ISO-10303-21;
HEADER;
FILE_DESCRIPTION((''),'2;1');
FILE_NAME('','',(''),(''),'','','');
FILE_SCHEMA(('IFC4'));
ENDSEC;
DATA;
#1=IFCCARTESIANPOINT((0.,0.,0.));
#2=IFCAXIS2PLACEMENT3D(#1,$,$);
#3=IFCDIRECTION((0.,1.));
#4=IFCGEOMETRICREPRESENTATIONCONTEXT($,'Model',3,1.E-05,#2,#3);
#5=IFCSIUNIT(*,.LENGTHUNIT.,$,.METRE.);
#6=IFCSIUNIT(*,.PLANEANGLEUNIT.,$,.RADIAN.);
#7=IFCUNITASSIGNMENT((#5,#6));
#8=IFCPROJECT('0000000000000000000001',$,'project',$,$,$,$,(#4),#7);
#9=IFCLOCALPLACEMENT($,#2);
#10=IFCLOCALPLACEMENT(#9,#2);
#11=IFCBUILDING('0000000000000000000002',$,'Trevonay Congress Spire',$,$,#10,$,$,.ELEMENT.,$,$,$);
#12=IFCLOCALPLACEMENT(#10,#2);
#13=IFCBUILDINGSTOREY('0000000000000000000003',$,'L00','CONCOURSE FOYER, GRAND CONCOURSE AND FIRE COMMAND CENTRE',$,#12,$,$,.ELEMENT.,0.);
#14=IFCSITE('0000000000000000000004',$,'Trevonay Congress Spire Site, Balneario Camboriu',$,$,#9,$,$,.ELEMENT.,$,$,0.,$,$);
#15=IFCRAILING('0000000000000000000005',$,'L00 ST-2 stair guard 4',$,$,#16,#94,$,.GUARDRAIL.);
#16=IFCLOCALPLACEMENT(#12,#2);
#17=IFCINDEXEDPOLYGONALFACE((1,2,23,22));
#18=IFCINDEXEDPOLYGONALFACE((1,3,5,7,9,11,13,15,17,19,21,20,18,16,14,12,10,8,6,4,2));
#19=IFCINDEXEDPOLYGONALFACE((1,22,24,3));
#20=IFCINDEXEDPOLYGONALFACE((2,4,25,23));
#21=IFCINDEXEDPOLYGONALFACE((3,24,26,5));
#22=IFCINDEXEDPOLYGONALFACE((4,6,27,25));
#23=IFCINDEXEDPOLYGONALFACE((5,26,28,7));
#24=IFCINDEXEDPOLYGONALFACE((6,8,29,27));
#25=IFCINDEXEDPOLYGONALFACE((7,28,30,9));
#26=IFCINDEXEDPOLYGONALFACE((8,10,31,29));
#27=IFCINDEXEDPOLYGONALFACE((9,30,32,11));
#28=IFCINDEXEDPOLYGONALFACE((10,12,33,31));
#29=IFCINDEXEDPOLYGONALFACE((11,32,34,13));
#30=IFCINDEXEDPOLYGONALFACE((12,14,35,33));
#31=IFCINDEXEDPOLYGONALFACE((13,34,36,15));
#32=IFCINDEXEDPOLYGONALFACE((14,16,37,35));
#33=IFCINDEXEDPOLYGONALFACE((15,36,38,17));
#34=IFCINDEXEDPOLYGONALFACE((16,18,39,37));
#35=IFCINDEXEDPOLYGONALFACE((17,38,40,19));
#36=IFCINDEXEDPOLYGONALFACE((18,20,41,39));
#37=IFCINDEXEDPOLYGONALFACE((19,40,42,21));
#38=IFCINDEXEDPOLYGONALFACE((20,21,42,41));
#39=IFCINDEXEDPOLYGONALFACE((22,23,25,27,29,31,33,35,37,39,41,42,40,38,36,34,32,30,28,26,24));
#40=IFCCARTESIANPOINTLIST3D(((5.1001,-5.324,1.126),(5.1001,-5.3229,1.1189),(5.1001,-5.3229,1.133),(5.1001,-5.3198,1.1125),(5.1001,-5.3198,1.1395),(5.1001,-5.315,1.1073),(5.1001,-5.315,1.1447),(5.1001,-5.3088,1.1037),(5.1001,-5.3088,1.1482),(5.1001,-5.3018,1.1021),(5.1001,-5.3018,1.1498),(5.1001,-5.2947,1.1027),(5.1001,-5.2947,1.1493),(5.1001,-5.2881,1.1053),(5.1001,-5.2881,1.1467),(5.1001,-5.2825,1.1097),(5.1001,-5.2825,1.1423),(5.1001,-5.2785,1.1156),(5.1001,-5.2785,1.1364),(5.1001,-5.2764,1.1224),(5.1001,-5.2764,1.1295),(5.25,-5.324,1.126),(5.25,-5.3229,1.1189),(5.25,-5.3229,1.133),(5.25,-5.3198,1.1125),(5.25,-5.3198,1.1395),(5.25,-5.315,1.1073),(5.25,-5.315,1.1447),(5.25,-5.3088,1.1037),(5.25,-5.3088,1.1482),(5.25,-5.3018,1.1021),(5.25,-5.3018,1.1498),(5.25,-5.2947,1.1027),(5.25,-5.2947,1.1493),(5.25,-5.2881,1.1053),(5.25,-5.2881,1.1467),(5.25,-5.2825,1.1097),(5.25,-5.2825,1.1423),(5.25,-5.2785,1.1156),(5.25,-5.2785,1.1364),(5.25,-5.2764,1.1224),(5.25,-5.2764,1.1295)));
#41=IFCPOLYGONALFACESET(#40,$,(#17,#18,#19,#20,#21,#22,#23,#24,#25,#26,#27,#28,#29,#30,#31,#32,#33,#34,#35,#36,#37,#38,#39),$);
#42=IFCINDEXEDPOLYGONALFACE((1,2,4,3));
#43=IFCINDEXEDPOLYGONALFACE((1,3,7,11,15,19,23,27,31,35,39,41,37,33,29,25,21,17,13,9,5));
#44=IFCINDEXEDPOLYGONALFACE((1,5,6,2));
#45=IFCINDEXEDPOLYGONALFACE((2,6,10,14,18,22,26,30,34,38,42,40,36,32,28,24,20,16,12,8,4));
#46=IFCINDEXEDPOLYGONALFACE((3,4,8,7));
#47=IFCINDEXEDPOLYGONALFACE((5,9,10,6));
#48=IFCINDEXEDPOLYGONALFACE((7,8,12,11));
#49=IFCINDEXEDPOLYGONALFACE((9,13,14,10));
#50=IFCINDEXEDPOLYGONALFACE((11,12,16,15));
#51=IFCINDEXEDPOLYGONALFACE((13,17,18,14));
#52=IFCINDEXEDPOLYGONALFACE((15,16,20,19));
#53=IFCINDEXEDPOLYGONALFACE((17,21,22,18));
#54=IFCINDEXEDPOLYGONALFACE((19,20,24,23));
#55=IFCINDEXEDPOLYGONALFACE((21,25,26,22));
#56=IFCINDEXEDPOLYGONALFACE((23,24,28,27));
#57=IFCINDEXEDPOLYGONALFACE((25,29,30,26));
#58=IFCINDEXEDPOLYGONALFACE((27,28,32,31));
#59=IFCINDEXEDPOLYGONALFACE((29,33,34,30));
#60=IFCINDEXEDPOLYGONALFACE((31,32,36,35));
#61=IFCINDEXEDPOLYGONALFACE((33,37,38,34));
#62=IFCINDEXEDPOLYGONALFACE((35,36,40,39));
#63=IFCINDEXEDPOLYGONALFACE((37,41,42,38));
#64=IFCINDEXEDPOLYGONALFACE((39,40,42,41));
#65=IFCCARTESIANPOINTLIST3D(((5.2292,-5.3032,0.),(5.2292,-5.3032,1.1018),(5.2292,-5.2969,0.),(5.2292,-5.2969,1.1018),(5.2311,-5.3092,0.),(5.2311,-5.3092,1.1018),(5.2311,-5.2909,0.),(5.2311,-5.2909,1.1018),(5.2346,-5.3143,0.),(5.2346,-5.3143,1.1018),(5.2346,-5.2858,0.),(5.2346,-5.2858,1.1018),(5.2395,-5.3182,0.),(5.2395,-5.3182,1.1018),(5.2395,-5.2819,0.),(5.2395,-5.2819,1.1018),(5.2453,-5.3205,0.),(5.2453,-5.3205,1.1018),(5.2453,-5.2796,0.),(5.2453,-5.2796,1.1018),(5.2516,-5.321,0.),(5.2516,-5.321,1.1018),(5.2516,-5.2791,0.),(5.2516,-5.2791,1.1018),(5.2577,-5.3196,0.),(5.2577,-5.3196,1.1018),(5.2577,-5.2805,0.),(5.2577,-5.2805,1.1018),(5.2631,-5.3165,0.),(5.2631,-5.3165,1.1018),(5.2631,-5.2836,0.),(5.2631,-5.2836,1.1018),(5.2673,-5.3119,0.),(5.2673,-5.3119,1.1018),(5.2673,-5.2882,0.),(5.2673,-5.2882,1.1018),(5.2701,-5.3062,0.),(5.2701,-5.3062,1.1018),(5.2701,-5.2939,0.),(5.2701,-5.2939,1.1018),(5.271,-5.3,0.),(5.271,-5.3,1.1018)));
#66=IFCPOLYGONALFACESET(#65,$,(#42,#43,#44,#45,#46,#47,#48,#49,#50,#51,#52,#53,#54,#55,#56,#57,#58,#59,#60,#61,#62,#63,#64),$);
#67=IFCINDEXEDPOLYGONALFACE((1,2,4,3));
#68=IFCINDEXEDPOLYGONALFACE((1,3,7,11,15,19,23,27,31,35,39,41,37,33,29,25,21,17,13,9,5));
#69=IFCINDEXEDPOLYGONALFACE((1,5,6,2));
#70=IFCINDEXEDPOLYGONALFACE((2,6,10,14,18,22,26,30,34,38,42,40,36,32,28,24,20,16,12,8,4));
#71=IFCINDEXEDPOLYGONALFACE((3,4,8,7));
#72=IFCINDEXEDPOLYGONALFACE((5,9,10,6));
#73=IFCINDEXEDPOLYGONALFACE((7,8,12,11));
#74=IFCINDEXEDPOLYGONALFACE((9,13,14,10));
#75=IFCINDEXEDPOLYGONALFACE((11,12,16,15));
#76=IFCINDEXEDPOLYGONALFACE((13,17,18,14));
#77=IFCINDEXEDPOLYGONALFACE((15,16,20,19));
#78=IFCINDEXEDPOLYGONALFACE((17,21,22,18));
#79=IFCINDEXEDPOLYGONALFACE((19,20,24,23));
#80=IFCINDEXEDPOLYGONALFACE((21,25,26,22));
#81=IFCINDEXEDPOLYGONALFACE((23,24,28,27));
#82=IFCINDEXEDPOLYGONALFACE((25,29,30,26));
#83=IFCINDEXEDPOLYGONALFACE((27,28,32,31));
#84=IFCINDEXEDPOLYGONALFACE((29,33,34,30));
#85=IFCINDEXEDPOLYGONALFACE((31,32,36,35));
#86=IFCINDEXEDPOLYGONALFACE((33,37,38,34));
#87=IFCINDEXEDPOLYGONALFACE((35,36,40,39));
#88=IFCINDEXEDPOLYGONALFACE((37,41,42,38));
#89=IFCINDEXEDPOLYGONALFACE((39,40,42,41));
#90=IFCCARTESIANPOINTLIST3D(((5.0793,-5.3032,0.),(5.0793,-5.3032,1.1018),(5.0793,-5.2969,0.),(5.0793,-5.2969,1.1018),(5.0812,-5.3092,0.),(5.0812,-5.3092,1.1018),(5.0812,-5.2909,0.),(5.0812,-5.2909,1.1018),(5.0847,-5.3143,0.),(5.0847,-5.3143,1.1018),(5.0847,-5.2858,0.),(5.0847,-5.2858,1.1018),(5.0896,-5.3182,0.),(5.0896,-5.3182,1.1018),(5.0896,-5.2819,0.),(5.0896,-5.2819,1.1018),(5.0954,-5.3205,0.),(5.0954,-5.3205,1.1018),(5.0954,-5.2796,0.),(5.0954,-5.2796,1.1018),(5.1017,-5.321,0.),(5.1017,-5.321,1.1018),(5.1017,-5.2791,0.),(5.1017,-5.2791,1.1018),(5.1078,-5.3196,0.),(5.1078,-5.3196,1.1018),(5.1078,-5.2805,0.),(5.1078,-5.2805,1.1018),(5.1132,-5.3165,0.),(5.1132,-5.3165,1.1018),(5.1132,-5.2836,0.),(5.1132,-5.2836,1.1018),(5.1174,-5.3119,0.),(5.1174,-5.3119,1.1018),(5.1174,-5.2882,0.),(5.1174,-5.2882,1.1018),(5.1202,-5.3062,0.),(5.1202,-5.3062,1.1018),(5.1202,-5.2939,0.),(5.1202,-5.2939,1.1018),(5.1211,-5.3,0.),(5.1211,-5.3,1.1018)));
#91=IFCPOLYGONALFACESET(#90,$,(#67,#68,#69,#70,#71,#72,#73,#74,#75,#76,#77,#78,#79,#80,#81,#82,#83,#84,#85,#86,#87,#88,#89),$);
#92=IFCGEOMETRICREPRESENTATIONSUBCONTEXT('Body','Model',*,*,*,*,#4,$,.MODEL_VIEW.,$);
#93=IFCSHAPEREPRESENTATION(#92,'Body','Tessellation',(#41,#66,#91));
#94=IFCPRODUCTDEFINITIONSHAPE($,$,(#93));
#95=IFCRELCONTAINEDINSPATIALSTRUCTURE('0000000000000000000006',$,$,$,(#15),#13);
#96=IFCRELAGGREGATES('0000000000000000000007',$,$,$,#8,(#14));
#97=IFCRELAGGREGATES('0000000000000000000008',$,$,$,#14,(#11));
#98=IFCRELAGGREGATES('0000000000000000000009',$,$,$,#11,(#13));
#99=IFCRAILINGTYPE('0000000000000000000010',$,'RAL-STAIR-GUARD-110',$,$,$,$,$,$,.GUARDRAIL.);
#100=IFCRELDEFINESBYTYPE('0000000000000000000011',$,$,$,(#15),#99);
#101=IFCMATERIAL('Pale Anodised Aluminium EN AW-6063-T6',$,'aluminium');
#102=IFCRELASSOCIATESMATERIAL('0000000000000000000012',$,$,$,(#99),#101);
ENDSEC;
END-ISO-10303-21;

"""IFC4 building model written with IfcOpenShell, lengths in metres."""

from ifc_helpers import new_model, si_unit, direction, frame, origin, origin_2d, place, context, subcontext, project, spatial, circle, extrude, material, type_object, element, save


model = new_model("IFC4")

# Units and contexts
model_context = context("Model", 3, precision=1e-05, world=origin(), true_north=direction((0.0, 1.0)))
body_context = subcontext(model_context, "Body", "Model", "MODEL_VIEW")
ifc_project = project(units=[si_unit("LENGTHUNIT", "METRE"), si_unit("PLANEANGLEUNIT", "RADIAN")], contexts=[model_context])

# Site, building, storey
site_placement = place(None, origin())
site = spatial("IfcSite", under=ifc_project, at=site_placement, Name="Trevonay Congress Spire Site, Balneario Camboriu", CompositionType="ELEMENT", RefElevation=0.0)
building_placement = place(site_placement, origin())
building = spatial("IfcBuilding", under=site, at=building_placement, Name="Trevonay Congress Spire", CompositionType="ELEMENT")
storey_placement = place(building_placement, origin())
storey = spatial("IfcBuildingStorey", under=building, at=storey_placement, Name="L00", Description="CONCOURSE FOYER, GRAND CONCOURSE AND FIRE COMMAND CENTRE", CompositionType="ELEMENT", Elevation=0.0)

# Railing
ifc_material_1 = material(Name="Pale Anodised Aluminium EN AW-6063-T6", Category="aluminium")
railing_type_1 = type_object("IfcRailingType", Name="RAL-STAIR-GUARD-110", PredefinedType="GUARDRAIL", material=ifc_material_1)
railing_1_placement = place(storey_placement, frame((5.25, -5.3, 0.0)))
element("IfcRailing", 1, at=railing_1_placement, inside=storey, type_object=railing_type_1, Name="L00 ST-2 stair guard 4", PredefinedType="GUARDRAIL", context=body_context, shape_type="SweptSolid", body=[
    extrude(circle(Radius=0.0239, at=origin_2d()), frame((0.0, 0.0, 1.126), z_axis=(-1.0, 0.0, 0.0), x_axis=(0.0, -1.0, 0.0)), (0.0, 0.0, 1.0), 0.1499),
    extrude(circle(Radius=0.021, at=origin_2d()), origin(), (0.0, 0.0, 1.0), 1.1018),
    extrude(circle(Radius=0.021, at=origin_2d()), frame((-0.1499, 0.0, 0.0)), (0.0, 0.0, 1.0), 1.1018),
])

save(model, "model.ifc")
